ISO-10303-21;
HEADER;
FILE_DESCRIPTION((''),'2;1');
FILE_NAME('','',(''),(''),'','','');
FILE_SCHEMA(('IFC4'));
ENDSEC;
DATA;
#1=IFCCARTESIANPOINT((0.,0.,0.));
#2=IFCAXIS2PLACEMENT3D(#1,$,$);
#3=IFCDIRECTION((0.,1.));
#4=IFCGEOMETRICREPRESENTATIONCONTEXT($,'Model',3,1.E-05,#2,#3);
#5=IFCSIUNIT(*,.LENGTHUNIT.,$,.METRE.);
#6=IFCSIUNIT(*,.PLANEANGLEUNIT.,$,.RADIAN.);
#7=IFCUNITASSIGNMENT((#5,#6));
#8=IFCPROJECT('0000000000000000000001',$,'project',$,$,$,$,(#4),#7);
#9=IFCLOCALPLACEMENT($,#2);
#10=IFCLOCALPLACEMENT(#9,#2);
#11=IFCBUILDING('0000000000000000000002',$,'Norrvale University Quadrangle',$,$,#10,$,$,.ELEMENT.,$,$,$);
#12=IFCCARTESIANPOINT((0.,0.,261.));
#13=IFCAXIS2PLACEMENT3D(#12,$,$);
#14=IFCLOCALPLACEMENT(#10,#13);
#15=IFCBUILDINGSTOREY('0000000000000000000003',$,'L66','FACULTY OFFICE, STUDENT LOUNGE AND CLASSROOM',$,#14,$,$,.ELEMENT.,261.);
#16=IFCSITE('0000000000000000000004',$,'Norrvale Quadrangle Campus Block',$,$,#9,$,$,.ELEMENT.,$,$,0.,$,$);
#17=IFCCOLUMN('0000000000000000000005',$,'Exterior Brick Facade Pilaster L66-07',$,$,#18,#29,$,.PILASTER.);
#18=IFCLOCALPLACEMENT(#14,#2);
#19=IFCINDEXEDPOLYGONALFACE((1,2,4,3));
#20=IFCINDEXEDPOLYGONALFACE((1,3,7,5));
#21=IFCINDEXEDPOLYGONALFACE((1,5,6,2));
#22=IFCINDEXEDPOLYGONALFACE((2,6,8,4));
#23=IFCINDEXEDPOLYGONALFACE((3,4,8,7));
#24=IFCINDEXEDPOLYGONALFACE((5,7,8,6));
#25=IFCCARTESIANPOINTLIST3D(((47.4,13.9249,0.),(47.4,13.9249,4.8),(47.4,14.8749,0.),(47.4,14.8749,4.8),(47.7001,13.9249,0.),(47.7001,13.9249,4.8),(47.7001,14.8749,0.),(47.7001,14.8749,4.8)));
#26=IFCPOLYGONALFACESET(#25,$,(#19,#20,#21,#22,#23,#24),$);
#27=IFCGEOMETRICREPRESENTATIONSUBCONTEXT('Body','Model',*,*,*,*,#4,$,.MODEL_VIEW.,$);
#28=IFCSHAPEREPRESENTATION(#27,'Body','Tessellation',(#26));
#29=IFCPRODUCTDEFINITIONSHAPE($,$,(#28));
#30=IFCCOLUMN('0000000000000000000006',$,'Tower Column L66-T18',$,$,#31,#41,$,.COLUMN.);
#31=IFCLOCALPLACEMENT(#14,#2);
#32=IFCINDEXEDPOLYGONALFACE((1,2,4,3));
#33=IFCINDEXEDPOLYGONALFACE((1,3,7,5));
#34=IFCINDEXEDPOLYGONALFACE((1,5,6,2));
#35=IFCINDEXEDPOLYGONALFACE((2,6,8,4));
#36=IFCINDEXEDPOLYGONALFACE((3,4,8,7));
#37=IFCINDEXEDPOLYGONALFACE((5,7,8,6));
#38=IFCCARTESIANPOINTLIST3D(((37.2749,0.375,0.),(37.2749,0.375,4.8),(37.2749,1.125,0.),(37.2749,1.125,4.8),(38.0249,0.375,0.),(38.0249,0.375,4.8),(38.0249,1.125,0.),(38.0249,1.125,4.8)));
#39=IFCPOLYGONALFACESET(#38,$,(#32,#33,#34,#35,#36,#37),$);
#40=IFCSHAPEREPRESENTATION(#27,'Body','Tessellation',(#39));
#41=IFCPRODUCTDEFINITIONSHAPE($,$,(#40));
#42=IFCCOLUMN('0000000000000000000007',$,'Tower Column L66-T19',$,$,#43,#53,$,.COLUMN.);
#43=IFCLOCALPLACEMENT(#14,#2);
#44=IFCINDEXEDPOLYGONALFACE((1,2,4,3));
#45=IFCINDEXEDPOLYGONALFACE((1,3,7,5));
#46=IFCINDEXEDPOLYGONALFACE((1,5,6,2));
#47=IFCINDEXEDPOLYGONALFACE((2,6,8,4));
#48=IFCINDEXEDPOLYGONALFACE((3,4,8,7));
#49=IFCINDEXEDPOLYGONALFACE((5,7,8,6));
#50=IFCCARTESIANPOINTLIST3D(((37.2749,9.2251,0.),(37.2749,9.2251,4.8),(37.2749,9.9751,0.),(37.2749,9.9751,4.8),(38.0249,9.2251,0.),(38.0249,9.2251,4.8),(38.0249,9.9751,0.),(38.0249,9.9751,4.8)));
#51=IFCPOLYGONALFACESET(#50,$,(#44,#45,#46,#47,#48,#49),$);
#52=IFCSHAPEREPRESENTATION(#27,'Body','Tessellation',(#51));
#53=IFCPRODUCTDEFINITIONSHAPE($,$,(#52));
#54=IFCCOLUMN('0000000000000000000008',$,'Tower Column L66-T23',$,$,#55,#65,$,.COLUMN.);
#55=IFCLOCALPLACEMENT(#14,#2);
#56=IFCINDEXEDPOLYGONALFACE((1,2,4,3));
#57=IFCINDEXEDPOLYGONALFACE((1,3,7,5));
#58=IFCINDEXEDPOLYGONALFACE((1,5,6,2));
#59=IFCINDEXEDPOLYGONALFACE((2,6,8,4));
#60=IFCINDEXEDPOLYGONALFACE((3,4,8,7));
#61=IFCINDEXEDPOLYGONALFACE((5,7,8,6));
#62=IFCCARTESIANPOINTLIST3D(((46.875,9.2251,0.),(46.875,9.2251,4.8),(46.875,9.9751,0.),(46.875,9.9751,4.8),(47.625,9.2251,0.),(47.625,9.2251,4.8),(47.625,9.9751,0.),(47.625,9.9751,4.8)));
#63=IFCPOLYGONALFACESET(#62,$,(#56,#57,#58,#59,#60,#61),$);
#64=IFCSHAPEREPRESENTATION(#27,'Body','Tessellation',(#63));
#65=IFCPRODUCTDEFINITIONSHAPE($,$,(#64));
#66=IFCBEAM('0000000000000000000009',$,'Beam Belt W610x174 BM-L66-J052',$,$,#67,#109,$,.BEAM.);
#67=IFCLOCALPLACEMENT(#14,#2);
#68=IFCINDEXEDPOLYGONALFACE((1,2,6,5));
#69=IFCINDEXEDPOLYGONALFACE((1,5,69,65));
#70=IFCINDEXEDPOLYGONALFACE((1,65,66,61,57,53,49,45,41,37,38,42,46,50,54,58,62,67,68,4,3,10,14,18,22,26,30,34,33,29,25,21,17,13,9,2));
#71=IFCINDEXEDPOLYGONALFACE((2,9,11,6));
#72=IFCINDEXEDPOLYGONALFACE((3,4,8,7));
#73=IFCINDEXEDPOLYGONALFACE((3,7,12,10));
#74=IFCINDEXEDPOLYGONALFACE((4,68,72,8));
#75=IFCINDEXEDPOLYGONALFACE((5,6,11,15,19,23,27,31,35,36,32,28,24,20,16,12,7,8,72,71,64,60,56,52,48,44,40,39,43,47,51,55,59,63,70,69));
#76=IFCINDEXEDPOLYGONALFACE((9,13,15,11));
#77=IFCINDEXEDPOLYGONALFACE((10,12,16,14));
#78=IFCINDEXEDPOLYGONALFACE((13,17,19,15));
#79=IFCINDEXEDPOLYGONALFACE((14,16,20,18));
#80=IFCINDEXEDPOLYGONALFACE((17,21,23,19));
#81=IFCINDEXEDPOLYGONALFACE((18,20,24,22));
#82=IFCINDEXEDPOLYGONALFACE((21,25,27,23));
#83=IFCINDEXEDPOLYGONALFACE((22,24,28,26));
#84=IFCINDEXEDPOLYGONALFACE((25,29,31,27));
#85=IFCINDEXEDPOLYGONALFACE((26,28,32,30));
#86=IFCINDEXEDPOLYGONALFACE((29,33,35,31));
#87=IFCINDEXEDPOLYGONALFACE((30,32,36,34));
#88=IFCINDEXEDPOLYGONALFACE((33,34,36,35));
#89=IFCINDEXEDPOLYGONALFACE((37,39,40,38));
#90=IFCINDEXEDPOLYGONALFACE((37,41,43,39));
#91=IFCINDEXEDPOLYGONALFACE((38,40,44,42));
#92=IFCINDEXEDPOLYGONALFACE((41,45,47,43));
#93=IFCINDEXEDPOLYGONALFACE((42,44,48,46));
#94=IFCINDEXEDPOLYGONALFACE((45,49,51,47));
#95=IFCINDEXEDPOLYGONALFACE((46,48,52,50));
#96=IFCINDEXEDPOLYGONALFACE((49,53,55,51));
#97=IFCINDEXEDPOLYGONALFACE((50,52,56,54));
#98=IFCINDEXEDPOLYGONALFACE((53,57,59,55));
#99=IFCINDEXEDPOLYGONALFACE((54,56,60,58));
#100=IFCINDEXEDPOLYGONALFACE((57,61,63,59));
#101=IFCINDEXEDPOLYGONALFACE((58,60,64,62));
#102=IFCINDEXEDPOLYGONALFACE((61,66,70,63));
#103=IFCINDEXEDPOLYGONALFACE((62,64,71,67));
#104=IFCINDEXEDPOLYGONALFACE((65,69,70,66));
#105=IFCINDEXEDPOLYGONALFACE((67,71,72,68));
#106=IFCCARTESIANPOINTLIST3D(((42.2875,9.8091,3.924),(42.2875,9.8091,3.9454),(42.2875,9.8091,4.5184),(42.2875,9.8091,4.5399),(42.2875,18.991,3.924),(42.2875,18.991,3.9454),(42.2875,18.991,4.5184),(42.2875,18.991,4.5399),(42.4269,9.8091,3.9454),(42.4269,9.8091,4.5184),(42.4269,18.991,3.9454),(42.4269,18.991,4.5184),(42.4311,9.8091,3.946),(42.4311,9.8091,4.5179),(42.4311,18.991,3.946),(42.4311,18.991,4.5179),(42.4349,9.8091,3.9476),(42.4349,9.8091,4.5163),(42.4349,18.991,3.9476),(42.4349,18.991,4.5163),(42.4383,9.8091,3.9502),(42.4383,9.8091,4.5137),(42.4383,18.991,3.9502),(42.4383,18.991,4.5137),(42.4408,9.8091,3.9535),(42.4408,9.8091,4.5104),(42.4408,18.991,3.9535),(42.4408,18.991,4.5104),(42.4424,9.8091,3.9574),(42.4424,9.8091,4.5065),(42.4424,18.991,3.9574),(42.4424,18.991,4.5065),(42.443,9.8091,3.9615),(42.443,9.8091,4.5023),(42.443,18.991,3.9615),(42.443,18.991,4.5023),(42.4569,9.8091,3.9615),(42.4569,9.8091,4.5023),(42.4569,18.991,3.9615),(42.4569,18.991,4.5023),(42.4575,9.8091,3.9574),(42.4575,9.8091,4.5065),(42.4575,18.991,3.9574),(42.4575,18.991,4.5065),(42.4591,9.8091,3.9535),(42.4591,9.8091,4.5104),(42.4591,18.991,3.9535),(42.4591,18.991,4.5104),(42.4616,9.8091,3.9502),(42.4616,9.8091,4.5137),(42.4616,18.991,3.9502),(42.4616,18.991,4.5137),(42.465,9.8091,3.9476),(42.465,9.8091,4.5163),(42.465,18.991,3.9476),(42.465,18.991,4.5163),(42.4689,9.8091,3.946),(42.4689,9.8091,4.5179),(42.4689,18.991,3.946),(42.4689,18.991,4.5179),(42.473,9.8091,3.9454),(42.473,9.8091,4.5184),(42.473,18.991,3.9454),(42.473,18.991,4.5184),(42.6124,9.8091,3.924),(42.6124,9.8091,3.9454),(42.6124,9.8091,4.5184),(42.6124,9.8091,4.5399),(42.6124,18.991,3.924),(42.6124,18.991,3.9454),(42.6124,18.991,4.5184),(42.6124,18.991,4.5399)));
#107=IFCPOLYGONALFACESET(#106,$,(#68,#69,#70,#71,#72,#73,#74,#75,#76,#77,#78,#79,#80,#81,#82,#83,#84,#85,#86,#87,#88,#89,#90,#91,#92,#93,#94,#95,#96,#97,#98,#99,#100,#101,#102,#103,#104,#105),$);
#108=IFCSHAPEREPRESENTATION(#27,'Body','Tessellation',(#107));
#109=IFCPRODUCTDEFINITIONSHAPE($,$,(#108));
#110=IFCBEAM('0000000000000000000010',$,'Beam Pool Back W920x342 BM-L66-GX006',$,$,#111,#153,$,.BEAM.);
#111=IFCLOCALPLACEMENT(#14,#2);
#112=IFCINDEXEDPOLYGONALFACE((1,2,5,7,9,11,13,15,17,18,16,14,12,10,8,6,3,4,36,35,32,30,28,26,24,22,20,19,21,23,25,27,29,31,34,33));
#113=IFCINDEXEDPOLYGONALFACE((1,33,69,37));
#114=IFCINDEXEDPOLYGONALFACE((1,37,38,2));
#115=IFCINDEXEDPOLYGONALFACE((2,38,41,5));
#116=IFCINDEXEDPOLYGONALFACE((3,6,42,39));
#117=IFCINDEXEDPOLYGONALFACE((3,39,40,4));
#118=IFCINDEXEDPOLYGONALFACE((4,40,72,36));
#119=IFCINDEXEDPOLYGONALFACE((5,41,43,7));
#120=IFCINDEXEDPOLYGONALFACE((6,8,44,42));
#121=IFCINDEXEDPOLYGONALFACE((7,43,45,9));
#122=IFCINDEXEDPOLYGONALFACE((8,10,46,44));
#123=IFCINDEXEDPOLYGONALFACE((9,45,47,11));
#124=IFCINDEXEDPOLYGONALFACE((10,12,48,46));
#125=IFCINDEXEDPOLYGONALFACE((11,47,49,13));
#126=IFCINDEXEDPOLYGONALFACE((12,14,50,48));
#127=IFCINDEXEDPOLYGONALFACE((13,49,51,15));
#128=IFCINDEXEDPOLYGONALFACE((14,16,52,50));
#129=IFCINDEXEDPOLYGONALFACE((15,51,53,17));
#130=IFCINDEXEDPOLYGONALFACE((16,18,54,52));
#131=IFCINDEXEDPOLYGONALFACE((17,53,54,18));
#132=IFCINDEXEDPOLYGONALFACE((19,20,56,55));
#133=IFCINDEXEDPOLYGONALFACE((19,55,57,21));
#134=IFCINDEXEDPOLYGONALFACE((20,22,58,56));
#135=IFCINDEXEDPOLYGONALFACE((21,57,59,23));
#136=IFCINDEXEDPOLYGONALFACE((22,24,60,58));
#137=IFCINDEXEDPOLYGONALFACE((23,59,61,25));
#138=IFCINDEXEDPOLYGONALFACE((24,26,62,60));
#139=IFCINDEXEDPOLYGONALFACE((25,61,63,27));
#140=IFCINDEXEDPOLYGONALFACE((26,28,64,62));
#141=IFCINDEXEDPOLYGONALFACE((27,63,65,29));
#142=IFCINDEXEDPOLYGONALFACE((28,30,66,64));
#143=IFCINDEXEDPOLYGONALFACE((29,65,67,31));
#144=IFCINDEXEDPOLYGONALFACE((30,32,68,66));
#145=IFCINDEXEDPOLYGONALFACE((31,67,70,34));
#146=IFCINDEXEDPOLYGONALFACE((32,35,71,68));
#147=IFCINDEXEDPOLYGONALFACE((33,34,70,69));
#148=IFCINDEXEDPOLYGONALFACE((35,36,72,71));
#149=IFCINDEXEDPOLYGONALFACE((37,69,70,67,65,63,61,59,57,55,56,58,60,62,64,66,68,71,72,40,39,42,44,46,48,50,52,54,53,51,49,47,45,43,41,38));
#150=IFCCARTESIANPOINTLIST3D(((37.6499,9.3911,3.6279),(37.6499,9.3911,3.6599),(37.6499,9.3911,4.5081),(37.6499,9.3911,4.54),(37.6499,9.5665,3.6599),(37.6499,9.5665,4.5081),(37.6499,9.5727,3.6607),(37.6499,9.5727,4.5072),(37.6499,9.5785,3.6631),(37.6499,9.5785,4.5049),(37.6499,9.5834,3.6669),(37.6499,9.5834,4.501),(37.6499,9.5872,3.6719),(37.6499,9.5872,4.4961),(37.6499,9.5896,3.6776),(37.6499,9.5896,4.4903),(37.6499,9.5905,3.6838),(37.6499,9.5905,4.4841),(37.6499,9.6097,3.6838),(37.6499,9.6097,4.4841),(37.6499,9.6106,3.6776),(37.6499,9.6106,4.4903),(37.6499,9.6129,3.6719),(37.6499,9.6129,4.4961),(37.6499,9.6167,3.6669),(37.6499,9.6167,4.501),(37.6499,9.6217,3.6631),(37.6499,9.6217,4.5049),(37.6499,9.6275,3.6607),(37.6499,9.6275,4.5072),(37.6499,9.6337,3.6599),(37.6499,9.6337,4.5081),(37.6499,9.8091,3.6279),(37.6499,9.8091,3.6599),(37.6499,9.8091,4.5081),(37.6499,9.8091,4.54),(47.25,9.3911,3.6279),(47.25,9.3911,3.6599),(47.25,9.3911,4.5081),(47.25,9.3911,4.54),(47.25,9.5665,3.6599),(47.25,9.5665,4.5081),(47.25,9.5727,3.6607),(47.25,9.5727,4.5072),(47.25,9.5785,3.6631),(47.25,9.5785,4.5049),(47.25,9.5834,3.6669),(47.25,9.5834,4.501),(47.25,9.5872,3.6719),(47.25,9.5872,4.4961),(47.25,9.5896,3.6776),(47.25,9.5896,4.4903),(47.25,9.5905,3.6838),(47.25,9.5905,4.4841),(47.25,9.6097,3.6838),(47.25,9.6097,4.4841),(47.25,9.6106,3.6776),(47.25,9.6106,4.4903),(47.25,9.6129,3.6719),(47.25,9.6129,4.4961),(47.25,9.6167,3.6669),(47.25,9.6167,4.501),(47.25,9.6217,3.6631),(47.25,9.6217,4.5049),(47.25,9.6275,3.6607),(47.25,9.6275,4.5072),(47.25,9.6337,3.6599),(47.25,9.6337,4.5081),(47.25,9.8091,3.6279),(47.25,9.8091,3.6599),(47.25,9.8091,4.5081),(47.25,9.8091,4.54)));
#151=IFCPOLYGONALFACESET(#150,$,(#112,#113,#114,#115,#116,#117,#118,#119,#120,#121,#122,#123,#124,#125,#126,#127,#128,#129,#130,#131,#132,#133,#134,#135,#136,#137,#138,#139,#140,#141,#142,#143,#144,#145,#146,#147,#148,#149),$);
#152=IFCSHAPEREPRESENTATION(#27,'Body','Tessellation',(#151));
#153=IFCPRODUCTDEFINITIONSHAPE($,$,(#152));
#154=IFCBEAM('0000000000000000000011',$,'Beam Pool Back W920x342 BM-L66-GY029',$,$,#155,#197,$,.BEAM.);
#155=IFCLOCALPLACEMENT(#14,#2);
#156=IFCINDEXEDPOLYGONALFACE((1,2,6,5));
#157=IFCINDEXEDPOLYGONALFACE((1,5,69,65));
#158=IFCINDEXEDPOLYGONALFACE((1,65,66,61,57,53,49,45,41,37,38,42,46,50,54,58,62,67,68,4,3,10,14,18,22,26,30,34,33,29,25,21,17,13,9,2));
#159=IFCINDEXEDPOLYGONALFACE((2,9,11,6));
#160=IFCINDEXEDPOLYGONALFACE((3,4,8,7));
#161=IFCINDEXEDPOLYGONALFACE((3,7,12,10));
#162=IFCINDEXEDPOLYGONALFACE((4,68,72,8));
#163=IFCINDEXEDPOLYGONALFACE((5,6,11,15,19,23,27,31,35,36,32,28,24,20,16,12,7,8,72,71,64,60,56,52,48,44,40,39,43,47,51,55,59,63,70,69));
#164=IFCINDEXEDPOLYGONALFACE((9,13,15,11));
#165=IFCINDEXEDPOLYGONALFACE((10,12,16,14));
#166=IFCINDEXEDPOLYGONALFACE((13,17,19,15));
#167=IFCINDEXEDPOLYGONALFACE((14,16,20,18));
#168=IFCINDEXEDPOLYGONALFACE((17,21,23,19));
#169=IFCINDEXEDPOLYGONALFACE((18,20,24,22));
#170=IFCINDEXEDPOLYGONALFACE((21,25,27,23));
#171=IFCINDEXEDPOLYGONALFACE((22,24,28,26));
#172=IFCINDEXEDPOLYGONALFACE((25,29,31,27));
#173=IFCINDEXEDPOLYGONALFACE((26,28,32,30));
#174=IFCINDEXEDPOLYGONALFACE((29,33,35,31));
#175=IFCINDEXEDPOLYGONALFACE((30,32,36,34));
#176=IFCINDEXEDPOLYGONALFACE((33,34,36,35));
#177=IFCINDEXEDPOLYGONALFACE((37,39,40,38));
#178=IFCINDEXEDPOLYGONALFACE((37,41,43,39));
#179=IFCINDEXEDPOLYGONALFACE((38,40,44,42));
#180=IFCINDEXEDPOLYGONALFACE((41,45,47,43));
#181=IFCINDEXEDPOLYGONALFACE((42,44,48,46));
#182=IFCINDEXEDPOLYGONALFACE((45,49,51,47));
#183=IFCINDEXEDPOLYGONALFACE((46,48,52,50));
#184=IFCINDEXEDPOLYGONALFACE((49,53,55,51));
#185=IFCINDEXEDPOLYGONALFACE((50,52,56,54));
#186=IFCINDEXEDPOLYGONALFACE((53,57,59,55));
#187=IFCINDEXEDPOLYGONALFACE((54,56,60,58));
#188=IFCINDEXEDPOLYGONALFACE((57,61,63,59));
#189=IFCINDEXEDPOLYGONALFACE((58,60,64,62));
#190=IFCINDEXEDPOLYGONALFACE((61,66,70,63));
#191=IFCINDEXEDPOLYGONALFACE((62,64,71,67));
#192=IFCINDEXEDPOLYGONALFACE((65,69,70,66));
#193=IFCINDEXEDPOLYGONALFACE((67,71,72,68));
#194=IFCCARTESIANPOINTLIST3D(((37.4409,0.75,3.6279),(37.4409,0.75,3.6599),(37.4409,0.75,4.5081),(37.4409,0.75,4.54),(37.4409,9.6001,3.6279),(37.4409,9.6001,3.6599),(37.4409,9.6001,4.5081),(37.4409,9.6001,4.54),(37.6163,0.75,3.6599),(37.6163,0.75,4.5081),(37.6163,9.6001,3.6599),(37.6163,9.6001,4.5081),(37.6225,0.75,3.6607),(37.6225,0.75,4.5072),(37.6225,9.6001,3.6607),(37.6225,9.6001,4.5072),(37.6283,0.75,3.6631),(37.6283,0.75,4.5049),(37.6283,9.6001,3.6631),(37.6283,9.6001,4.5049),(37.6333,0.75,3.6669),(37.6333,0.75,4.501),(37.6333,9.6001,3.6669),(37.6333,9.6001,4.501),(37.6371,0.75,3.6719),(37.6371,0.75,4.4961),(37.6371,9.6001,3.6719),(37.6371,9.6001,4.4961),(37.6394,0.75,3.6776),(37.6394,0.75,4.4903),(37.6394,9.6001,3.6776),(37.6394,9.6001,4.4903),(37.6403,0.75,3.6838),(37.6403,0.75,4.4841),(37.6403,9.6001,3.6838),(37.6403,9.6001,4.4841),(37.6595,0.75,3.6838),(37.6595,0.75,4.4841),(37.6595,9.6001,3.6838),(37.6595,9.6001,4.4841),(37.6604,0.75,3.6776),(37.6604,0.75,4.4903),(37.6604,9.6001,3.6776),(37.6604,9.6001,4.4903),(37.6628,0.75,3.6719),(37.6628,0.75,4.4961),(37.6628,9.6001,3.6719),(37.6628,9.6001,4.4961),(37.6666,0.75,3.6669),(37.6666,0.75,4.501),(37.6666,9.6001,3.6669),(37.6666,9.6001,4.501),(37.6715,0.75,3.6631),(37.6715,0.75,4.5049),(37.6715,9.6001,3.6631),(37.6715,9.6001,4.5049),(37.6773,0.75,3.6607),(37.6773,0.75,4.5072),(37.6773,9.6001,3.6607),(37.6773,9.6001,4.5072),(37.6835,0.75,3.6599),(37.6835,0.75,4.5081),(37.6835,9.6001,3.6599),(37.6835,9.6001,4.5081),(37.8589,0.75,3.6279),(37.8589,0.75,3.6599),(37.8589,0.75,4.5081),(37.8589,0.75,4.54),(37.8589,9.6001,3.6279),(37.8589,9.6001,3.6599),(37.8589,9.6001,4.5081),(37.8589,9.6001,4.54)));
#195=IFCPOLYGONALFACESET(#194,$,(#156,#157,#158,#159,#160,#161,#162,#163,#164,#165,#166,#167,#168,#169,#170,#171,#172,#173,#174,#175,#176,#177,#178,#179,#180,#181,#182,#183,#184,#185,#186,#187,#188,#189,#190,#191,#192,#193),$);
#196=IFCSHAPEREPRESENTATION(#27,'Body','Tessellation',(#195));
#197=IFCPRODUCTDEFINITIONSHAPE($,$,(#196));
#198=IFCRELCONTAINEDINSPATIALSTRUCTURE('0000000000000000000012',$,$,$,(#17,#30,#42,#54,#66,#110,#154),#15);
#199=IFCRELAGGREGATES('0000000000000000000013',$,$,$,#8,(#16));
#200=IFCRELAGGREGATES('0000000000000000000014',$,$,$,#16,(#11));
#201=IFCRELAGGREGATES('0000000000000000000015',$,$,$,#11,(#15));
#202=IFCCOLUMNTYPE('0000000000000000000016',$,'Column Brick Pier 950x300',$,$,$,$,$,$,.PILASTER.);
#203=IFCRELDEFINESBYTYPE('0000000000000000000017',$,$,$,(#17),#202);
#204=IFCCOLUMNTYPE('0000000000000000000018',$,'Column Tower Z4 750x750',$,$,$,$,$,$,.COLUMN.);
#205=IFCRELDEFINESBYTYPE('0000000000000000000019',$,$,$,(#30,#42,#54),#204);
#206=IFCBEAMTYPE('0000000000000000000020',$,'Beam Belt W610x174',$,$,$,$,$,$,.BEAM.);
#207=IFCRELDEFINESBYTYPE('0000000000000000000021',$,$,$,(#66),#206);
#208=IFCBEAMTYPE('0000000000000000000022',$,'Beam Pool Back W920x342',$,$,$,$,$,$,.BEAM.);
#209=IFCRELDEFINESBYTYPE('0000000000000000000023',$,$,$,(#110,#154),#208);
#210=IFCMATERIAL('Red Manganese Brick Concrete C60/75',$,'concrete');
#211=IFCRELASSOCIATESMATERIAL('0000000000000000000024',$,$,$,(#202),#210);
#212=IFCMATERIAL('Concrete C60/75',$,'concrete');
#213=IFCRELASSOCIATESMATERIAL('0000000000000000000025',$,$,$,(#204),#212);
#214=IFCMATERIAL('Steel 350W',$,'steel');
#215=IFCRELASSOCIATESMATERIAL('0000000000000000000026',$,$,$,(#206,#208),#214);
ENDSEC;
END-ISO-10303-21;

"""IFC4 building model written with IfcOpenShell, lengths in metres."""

from ifc_helpers import new_model, si_unit, direction, frame, origin, origin_2d, place, context, subcontext, project, spatial, rectangle, i_section, extrude, material, material_profile, profile_set, type_object, element, save


model = new_model("IFC4")

# Units and contexts
model_context = context("Model", 3, precision=1e-05, world=origin(), true_north=direction((0.0, 1.0)))
body_context = subcontext(model_context, "Body", "Model", "MODEL_VIEW")
ifc_project = project(units=[si_unit("LENGTHUNIT", "METRE"), si_unit("PLANEANGLEUNIT", "RADIAN")], contexts=[model_context])

# Site, building, storey
site_placement = place(None, origin())
site = spatial("IfcSite", under=ifc_project, at=site_placement, Name="Norrvale Quadrangle Campus Block", CompositionType="ELEMENT", RefElevation=0.0)
building_placement = place(site_placement, origin())
building = spatial("IfcBuilding", under=site, at=building_placement, Name="Norrvale University Quadrangle", CompositionType="ELEMENT")
storey_placement = place(building_placement, frame((0.0, 0.0, 261.0)))
storey = spatial("IfcBuildingStorey", under=building, at=storey_placement, Name="L66", Description="FACULTY OFFICE, STUDENT LOUNGE AND CLASSROOM", CompositionType="ELEMENT", Elevation=261.0)

# Columns
ifc_material_1 = material(Name="Red Manganese Brick Concrete C60/75", Category="concrete")
ifc_material_profile_1 = material_profile(ifc_material_1, rectangle(XDim=0.95, YDim=0.3, at=origin_2d()), Name="Red Manganese Brick Concrete C60/75")
ifc_profile_set_1 = profile_set([ifc_material_profile_1], Name="Red Manganese Brick Concrete C60/75")
column_type_1 = type_object("IfcColumnType", Name="Column Brick Pier 950x300", PredefinedType="PILASTER", material=ifc_profile_set_1)
column_placement = place(storey_placement, frame((47.55, 14.3999, 0.0), z_axis=(0.0, 0.0, 1.0), x_axis=(0.0, 1.0, 0.0)))
element("IfcColumn", 1, at=column_placement, inside=storey, type_object=column_type_1, Name="Exterior Brick Facade Pilaster L66-07", PredefinedType="PILASTER", context=body_context, shape_type="SweptSolid", body=[
    extrude(rectangle(XDim=0.95, YDim=0.3, at=origin_2d()), origin(), (0.0, 0.0, 1.0), 4.8),
])
ifc_material_2 = material(Name="Concrete C60/75", Category="concrete")
ifc_material_profile_2 = material_profile(ifc_material_2, rectangle(XDim=0.75, YDim=0.75, at=origin_2d()), Name="Concrete C60/75")
ifc_profile_set_2 = profile_set([ifc_material_profile_2], Name="Concrete C60/75")
column_type_2 = type_object("IfcColumnType", Name="Column Tower Z4 750x750", PredefinedType="COLUMN", material=ifc_profile_set_2)
for number, where, z_axis, x_axis, name in (
    (2, (37.6499, 0.75, 0.0), (0.0, 0.0, 1.0), (1.0, 0.0, 0.0), "Tower Column L66-T18"),
    (3, (37.6499, 9.6001, 0.0), (0.0, 0.0, 1.0), (1.0, 0.0, 0.0), "Tower Column L66-T19"),
    (4, (47.25, 9.6001, 0.0), (0.0, 0.0, 1.0), (1.0, 0.0, 0.0), "Tower Column L66-T23"),
):
    element("IfcColumn", number, at=place(storey_placement, frame(where, z_axis=z_axis, x_axis=x_axis)), inside=storey, type_object=column_type_2, Name=name, PredefinedType="COLUMN", context=body_context, shape_type="SweptSolid", body=[
        extrude(rectangle(XDim=0.75, YDim=0.75, at=origin_2d()), origin(), (0.0, 0.0, 1.0), 4.8),
    ])

# Beams
ifc_material_3 = material(Name="Steel 350W", Category="steel")
ifc_material_profile_3 = material_profile(ifc_material_3, i_section(OverallWidth=0.325, OverallDepth=0.616, WebThickness=0.0139, FlangeThickness=0.0215, FilletRadius=0.0161, at=origin_2d()), Name="Steel 350W")
ifc_profile_set_3 = profile_set([ifc_material_profile_3], Name="Steel 350W")
beam_type_1 = type_object("IfcBeamType", Name="Beam Belt W610x174", PredefinedType="BEAM", material=ifc_profile_set_3)
beam_1_placement = place(storey_placement, frame((42.45, 9.8091, 4.2319), z_axis=(0.0, 1.0, 0.0), x_axis=(-1.0, 0.0, 0.0)))
element("IfcBeam", 5, at=beam_1_placement, inside=storey, type_object=beam_type_1, Name="Beam Belt W610x174 BM-L66-J052", PredefinedType="BEAM", context=body_context, shape_type="SweptSolid", body=[
    extrude(i_section(OverallWidth=0.325, OverallDepth=0.616, WebThickness=0.0139, FlangeThickness=0.0215, FilletRadius=0.0161, at=origin_2d()), origin(), (0.0, 0.0, 1.0), 9.1819),
])
ifc_material_profile_4 = material_profile(ifc_material_3, i_section(OverallWidth=0.418, OverallDepth=0.9121, WebThickness=0.0193, FlangeThickness=0.032, FilletRadius=0.0239, at=origin_2d()), Name="Steel 350W")
ifc_profile_set_4 = profile_set([ifc_material_profile_4], Name="Steel 350W")
beam_type_2 = type_object("IfcBeamType", Name="Beam Pool Back W920x342", PredefinedType="BEAM", material=ifc_profile_set_4)
beam_2_placement = place(storey_placement, frame((37.6499, 9.6001, 4.084), z_axis=(1.0, 0.0, 0.0), x_axis=(0.0, 1.0, 0.0)))
element("IfcBeam", 6, at=beam_2_placement, inside=storey, type_object=beam_type_2, Name="Beam Pool Back W920x342 BM-L66-GX006", PredefinedType="BEAM", context=body_context, shape_type="SweptSolid", body=[
    extrude(i_section(OverallWidth=0.418, OverallDepth=0.9121, WebThickness=0.0193, FlangeThickness=0.032, FilletRadius=0.0239, at=origin_2d()), origin(), (0.0, 0.0, 1.0), 9.6001),
])
beam_3_placement = place(storey_placement, frame((37.6499, 0.75, 4.084), z_axis=(0.0, 1.0, 0.0), x_axis=(-1.0, 0.0, 0.0)))
element("IfcBeam", 7, at=beam_3_placement, inside=storey, type_object=beam_type_2, Name="Beam Pool Back W920x342 BM-L66-GY029", PredefinedType="BEAM", context=body_context, shape_type="SweptSolid", body=[
    extrude(i_section(OverallWidth=0.418, OverallDepth=0.9121, WebThickness=0.0193, FlangeThickness=0.032, FilletRadius=0.0239, at=origin_2d()), origin(), (0.0, 0.0, 1.0), 8.8501),
])

save(model, "model.ifc")
